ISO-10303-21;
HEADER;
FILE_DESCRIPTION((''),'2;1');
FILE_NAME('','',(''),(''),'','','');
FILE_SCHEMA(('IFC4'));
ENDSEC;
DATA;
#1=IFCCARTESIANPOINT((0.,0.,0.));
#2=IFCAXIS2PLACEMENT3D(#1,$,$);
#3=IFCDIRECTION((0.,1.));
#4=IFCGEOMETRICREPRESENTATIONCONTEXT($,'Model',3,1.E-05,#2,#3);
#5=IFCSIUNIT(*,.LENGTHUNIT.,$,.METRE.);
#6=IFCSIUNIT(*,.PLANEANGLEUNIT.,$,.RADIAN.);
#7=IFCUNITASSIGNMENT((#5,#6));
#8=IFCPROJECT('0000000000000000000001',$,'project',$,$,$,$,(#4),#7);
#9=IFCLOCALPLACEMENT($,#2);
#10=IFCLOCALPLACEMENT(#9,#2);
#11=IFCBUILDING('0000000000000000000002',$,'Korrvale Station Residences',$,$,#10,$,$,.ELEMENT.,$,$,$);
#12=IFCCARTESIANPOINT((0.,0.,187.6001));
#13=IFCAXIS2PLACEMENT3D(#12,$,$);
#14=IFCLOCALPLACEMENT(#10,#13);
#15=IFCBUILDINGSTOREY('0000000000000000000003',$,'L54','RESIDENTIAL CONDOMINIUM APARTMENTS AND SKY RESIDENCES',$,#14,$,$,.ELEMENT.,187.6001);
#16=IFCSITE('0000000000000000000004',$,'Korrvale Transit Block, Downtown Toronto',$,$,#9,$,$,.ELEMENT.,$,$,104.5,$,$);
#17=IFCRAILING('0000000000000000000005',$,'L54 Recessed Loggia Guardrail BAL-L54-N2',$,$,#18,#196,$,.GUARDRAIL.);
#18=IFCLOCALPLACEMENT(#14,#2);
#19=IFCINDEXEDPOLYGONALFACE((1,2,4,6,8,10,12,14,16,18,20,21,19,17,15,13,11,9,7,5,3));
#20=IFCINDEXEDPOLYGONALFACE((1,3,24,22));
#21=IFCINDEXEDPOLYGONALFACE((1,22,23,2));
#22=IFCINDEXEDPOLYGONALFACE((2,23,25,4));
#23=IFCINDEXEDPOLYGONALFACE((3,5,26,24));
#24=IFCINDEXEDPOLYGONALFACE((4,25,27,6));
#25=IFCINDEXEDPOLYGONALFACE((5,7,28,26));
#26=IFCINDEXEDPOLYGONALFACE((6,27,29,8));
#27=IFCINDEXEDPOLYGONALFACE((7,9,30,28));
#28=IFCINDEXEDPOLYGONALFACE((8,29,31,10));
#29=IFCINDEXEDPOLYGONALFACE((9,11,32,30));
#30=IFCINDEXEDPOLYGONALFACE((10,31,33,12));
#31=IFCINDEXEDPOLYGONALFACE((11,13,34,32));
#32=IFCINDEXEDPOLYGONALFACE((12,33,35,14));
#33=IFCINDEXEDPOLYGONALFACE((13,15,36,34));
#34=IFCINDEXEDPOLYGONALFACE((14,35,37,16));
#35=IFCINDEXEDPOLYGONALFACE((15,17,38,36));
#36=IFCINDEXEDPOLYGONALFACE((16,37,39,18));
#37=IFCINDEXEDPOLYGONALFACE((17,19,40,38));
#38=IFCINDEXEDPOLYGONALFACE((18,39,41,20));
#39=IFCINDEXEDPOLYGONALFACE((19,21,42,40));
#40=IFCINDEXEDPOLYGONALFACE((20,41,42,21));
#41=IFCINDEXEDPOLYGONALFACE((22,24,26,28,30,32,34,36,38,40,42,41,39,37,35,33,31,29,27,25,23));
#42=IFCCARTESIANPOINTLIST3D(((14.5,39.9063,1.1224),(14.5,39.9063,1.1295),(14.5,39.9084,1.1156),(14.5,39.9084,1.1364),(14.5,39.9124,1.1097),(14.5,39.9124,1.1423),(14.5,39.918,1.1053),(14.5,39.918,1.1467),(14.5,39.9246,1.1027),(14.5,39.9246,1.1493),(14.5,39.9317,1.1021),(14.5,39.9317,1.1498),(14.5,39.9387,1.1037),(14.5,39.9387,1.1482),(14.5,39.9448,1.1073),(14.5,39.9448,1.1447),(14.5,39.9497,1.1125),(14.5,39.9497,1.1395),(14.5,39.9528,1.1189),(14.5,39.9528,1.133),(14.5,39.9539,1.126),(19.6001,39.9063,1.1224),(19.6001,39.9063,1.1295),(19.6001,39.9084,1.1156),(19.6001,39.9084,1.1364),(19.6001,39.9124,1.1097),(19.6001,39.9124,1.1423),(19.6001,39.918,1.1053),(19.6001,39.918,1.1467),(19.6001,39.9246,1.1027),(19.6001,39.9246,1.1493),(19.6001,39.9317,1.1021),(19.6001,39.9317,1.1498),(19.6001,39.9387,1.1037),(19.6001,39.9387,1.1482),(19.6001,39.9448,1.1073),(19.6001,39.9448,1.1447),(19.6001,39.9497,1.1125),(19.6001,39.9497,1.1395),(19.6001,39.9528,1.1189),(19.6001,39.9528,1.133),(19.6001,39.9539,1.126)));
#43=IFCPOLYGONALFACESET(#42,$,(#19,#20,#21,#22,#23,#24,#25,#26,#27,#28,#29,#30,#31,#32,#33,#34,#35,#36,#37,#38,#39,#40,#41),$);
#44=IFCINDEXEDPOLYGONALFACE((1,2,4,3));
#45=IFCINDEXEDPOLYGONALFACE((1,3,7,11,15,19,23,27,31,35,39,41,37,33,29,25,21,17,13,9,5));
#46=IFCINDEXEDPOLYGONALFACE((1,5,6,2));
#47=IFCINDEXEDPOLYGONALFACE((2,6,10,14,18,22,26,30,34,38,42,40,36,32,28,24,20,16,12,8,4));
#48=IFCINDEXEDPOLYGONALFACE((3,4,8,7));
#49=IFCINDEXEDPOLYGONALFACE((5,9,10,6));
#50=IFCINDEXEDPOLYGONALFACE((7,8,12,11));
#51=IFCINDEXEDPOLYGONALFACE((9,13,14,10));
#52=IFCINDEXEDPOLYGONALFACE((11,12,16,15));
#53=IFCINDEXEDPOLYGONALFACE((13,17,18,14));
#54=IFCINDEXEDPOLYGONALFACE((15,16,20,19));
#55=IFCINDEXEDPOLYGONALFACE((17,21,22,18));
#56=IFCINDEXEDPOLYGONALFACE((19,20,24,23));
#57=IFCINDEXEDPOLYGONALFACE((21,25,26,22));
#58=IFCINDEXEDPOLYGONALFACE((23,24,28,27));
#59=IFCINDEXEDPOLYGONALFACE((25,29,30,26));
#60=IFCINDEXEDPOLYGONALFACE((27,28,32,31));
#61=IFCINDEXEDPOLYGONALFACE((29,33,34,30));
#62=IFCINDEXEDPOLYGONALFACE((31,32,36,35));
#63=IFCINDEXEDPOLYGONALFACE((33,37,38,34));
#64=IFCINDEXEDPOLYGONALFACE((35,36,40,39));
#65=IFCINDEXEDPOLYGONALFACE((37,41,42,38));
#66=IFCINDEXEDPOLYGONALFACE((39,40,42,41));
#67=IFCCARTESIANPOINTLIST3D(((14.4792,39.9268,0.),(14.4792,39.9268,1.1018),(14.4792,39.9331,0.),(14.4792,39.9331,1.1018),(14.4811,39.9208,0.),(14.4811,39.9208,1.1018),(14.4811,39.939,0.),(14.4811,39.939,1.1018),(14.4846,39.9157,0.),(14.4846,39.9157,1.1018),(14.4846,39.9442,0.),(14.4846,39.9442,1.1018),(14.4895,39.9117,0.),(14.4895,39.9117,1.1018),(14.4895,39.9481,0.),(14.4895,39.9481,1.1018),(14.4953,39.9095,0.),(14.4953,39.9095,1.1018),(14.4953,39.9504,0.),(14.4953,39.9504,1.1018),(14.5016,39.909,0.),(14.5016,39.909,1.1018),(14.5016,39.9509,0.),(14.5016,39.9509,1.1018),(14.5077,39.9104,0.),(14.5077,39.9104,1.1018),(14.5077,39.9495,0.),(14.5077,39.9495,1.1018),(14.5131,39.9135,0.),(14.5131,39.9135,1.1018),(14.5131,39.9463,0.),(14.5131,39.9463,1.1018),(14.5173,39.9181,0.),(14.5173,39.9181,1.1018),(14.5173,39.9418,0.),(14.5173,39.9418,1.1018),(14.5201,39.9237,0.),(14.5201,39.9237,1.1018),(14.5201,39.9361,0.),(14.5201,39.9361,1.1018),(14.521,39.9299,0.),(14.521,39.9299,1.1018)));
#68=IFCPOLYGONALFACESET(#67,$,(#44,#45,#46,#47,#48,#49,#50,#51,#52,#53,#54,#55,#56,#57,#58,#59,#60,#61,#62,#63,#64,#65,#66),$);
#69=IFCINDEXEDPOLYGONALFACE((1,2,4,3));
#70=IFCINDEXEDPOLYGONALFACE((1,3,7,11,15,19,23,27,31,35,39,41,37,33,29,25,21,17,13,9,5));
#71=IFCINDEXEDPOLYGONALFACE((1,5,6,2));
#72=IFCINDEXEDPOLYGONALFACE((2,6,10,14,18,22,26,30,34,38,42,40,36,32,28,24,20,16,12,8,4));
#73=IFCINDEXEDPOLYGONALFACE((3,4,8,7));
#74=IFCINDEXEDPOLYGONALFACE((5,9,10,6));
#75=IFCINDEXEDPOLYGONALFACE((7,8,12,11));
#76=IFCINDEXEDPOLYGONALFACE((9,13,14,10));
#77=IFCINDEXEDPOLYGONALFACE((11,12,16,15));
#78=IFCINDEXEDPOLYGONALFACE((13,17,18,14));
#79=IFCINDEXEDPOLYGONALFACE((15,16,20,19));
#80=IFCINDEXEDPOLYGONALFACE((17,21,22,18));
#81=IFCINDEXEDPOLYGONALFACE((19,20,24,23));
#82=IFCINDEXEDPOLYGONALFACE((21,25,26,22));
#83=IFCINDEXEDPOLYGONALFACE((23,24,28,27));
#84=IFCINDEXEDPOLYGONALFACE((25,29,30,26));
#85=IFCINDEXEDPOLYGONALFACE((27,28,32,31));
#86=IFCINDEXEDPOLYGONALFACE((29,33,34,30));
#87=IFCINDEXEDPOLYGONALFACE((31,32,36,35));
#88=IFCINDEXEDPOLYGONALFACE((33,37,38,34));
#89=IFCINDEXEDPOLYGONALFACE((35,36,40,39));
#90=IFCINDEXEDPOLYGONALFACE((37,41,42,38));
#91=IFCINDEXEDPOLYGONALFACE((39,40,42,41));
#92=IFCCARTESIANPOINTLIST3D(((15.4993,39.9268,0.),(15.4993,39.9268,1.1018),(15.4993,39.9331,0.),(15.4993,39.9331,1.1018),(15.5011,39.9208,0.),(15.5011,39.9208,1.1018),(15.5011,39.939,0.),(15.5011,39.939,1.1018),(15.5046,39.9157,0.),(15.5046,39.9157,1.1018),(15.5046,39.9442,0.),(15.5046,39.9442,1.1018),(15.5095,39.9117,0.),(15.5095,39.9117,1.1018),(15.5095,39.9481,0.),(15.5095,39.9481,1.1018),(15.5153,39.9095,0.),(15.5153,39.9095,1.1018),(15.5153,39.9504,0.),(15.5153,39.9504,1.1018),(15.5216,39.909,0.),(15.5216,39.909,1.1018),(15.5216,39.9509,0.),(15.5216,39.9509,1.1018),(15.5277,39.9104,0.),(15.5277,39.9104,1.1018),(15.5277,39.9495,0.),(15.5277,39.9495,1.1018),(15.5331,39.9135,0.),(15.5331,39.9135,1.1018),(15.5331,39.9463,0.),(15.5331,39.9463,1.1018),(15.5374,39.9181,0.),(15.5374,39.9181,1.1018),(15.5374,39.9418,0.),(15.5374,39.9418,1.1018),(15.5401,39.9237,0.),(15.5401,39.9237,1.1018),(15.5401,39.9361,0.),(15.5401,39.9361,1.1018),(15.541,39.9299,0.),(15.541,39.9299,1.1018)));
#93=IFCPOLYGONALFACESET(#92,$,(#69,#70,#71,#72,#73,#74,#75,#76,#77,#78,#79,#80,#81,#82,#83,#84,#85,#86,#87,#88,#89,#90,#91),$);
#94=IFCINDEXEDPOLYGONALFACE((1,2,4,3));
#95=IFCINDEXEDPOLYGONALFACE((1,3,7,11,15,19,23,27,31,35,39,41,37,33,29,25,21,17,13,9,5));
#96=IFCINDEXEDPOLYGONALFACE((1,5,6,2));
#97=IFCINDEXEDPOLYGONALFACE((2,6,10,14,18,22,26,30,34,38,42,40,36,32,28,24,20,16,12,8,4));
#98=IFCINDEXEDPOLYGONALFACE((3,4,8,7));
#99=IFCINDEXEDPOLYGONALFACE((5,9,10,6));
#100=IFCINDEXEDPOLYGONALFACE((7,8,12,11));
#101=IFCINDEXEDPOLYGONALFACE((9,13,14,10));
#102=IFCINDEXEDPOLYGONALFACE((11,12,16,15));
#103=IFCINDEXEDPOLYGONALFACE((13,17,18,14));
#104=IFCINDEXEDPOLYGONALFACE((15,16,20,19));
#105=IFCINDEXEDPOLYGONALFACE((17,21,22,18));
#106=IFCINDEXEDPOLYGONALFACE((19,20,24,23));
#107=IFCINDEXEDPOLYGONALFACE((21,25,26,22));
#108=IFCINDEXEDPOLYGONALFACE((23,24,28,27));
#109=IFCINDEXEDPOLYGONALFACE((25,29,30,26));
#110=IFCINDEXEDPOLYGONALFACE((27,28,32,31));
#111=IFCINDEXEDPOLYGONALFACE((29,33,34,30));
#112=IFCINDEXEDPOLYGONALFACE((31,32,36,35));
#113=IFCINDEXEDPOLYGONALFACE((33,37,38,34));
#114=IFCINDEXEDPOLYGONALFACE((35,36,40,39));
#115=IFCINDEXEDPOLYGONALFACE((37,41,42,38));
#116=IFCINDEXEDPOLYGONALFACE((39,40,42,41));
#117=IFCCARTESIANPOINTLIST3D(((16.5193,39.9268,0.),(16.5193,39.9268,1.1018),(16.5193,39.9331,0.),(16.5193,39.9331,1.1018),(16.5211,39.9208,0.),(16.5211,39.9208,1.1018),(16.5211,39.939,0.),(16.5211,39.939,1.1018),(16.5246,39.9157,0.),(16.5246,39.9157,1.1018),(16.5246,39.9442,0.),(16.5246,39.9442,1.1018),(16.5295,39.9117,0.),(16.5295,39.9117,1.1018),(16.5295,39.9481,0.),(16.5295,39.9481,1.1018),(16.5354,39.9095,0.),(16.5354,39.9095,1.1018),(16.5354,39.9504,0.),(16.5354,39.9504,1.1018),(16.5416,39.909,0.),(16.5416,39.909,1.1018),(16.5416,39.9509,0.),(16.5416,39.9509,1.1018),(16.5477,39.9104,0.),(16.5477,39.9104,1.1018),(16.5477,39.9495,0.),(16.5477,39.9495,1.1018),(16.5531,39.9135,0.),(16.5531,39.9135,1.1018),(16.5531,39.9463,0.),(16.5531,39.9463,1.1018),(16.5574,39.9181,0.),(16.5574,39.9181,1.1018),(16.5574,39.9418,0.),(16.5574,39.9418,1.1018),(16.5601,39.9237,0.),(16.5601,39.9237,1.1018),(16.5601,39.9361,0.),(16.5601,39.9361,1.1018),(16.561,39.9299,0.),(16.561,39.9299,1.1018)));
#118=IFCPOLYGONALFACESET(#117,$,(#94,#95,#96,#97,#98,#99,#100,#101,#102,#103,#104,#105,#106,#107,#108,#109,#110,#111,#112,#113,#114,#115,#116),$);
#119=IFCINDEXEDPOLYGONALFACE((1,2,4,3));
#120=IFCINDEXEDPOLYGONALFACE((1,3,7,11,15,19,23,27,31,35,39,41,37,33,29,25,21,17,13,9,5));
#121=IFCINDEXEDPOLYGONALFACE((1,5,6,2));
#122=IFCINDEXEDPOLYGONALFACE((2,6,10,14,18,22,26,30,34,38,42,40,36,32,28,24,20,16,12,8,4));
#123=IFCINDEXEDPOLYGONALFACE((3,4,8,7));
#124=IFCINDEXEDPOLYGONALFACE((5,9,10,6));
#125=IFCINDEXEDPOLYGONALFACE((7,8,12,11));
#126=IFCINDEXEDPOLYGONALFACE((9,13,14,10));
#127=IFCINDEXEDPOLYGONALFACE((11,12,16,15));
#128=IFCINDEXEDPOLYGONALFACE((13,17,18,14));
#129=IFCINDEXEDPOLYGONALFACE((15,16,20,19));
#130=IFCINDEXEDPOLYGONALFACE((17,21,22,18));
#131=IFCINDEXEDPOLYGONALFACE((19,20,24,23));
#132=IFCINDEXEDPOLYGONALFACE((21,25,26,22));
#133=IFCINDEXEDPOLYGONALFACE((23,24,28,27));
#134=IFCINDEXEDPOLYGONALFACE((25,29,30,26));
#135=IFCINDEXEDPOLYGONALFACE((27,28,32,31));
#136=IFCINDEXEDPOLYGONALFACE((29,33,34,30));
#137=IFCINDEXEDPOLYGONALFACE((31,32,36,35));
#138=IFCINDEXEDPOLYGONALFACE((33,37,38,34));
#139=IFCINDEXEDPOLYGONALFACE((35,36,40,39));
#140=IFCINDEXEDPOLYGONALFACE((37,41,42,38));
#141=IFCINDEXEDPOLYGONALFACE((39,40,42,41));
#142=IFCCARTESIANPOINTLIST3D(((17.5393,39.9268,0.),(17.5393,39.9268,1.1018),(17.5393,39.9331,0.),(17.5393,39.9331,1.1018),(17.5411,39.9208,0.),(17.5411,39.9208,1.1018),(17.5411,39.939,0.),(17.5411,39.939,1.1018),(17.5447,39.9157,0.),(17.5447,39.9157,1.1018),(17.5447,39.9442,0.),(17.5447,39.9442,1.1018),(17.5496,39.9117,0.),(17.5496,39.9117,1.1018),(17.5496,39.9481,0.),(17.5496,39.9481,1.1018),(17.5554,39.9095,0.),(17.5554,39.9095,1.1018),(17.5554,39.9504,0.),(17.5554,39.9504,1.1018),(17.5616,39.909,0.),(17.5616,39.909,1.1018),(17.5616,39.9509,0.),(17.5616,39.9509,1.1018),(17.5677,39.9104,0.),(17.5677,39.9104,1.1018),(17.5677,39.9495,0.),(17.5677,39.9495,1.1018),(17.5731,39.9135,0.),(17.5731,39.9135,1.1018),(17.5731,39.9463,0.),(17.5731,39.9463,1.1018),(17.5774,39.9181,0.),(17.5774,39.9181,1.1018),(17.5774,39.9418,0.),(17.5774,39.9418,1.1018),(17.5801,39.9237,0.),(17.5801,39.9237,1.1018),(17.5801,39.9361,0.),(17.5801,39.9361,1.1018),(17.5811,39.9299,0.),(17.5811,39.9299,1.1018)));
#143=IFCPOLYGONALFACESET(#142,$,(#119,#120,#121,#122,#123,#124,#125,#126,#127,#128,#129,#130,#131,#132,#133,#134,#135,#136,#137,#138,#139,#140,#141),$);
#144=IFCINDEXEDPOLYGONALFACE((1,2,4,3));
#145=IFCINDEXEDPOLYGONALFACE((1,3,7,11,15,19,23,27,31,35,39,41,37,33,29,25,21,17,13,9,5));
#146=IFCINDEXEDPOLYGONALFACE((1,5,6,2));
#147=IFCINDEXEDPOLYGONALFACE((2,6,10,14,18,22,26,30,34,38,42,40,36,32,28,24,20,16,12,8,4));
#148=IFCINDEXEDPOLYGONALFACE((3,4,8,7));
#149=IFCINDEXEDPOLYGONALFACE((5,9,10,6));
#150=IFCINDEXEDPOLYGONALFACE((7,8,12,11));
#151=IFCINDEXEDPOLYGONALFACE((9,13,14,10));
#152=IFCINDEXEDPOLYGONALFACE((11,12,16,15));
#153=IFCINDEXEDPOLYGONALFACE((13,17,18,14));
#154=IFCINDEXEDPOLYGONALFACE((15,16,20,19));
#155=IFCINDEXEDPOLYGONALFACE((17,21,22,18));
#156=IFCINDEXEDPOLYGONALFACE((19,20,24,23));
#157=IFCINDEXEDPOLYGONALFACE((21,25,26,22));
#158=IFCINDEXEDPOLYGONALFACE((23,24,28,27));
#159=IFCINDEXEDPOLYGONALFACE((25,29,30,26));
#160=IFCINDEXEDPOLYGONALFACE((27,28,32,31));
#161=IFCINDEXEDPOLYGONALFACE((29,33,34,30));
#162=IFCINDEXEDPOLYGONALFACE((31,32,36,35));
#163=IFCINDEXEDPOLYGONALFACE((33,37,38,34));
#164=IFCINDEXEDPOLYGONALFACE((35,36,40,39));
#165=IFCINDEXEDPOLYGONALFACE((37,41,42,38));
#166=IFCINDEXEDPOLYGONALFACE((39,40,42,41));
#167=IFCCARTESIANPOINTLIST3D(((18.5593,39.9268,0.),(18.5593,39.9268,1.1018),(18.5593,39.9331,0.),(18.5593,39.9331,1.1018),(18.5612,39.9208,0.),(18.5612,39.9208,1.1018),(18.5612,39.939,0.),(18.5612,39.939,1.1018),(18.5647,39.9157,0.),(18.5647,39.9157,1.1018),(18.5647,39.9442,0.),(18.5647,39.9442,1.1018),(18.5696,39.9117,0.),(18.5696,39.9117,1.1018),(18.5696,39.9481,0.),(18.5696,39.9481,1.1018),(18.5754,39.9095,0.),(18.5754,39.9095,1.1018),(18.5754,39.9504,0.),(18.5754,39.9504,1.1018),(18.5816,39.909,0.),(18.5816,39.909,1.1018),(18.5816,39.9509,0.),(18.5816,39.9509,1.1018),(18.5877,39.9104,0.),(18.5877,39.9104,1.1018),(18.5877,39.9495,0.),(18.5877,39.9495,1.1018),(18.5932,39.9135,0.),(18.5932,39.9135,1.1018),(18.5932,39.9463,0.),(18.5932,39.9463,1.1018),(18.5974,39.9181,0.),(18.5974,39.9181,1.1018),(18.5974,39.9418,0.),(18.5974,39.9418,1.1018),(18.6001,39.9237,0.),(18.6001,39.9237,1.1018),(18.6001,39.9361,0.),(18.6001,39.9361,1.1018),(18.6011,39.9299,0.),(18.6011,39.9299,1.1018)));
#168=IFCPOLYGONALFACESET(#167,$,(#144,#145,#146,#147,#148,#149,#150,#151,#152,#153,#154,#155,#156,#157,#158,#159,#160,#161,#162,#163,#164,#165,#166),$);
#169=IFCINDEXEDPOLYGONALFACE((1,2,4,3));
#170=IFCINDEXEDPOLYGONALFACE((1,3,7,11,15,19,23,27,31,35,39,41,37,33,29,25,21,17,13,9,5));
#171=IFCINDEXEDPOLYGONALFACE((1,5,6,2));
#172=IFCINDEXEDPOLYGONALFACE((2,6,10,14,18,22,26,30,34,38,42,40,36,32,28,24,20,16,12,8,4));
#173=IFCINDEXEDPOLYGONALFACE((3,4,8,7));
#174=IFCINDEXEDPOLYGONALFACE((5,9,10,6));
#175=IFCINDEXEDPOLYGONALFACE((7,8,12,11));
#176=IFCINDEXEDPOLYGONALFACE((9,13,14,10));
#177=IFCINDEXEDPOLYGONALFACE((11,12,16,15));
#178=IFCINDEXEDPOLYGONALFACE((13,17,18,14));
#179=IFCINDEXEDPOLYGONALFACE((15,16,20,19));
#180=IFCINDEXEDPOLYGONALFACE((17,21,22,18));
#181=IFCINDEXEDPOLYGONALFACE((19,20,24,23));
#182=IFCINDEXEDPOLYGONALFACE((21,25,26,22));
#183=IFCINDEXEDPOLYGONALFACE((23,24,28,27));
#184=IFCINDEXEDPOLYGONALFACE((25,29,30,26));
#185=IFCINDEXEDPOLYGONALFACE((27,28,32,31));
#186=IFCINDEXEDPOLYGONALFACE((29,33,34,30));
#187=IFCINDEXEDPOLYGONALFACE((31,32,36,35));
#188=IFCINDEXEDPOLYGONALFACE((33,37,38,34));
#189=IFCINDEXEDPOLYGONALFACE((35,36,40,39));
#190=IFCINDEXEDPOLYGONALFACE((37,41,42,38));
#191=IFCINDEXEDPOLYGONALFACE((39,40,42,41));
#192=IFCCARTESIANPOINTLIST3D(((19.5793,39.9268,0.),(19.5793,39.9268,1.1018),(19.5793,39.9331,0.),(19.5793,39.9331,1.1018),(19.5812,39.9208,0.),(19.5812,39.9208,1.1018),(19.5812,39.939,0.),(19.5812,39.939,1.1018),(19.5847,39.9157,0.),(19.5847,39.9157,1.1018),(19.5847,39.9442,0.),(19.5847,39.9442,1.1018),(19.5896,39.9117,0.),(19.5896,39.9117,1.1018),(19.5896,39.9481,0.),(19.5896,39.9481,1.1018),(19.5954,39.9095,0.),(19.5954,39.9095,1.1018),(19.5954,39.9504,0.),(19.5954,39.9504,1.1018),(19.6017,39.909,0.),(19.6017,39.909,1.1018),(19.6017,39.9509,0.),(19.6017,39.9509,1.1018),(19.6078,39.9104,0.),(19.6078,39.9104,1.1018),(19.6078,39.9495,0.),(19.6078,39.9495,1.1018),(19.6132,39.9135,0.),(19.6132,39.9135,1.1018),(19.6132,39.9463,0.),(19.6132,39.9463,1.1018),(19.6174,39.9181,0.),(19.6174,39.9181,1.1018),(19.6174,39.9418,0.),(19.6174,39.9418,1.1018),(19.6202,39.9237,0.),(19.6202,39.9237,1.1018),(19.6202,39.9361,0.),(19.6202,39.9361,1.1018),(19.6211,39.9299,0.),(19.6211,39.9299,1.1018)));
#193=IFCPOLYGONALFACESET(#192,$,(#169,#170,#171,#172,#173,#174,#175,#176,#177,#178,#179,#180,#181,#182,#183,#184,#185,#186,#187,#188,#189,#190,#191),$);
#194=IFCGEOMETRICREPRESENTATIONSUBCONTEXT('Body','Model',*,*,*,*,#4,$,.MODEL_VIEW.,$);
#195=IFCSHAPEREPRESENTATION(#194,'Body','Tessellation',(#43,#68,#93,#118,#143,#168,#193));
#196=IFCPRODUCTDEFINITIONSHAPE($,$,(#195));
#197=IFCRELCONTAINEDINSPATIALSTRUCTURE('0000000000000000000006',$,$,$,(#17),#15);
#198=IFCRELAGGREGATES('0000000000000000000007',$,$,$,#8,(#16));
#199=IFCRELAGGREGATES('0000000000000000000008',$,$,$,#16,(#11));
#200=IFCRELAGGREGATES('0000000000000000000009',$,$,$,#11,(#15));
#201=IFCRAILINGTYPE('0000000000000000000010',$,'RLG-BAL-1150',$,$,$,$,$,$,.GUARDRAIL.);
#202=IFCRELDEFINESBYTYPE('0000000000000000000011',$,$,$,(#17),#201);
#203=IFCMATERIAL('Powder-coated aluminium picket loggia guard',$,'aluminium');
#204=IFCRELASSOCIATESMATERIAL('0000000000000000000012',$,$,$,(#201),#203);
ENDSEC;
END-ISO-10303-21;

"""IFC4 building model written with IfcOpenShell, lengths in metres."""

from ifc_helpers import new_model, si_unit, direction, frame, origin, origin_2d, place, context, subcontext, project, spatial, circle, extrude, material, type_object, element, save


model = new_model("IFC4")

# Units and contexts
model_context = context("Model", 3, precision=1e-05, world=origin(), true_north=direction((0.0, 1.0)))
body_context = subcontext(model_context, "Body", "Model", "MODEL_VIEW")
ifc_project = project(units=[si_unit("LENGTHUNIT", "METRE"), si_unit("PLANEANGLEUNIT", "RADIAN")], contexts=[model_context])

# Site, building, storey
site_placement = place(None, origin())
site = spatial("IfcSite", under=ifc_project, at=site_placement, Name="Korrvale Transit Block, Downtown Toronto", CompositionType="ELEMENT", RefElevation=104.5)
building_placement = place(site_placement, origin())
building = spatial("IfcBuilding", under=site, at=building_placement, Name="Korrvale Station Residences", CompositionType="ELEMENT")
storey_placement = place(building_placement, frame((0.0, 0.0, 187.6001)))
storey = spatial("IfcBuildingStorey", under=building, at=storey_placement, Name="L54", Description="RESIDENTIAL CONDOMINIUM APARTMENTS AND SKY RESIDENCES", CompositionType="ELEMENT", Elevation=187.6001)

# Railing
ifc_material_1 = material(Name="Powder-coated aluminium picket loggia guard", Category="aluminium")
railing_type = type_object("IfcRailingType", Name="RLG-BAL-1150", PredefinedType="GUARDRAIL", material=ifc_material_1)
railing_placement = place(storey_placement, frame((14.5, 39.9299, 0.0)))
element("IfcRailing", 1, at=railing_placement, inside=storey, type_object=railing_type, Name="L54 Recessed Loggia Guardrail BAL-L54-N2", PredefinedType="GUARDRAIL", context=body_context, shape_type="SweptSolid", body=[
    extrude(circle(Radius=0.0239, at=origin_2d()), frame((0.0, 0.0, 1.126), z_axis=(1.0, 0.0, 0.0), x_axis=(0.0, 1.0, 0.0)), (0.0, 0.0, 1.0), 5.1001),
    extrude(circle(Radius=0.021, at=origin_2d()), origin(), (0.0, 0.0, 1.0), 1.1018),
    extrude(circle(Radius=0.021, at=origin_2d()), frame((1.02, 0.0, 0.0)), (0.0, 0.0, 1.0), 1.1018),
    extrude(circle(Radius=0.021, at=origin_2d()), frame((2.04, 0.0, 0.0)), (0.0, 0.0, 1.0), 1.1018),
    extrude(circle(Radius=0.021, at=origin_2d()), frame((3.0601, 0.0, 0.0)), (0.0, 0.0, 1.0), 1.1018),
    extrude(circle(Radius=0.021, at=origin_2d()), frame((4.0801, 0.0, 0.0)), (0.0, 0.0, 1.0), 1.1018),
    extrude(circle(Radius=0.021, at=origin_2d()), frame((5.1001, 0.0, 0.0)), (0.0, 0.0, 1.0), 1.1018),
])

save(model, "model.ifc")
